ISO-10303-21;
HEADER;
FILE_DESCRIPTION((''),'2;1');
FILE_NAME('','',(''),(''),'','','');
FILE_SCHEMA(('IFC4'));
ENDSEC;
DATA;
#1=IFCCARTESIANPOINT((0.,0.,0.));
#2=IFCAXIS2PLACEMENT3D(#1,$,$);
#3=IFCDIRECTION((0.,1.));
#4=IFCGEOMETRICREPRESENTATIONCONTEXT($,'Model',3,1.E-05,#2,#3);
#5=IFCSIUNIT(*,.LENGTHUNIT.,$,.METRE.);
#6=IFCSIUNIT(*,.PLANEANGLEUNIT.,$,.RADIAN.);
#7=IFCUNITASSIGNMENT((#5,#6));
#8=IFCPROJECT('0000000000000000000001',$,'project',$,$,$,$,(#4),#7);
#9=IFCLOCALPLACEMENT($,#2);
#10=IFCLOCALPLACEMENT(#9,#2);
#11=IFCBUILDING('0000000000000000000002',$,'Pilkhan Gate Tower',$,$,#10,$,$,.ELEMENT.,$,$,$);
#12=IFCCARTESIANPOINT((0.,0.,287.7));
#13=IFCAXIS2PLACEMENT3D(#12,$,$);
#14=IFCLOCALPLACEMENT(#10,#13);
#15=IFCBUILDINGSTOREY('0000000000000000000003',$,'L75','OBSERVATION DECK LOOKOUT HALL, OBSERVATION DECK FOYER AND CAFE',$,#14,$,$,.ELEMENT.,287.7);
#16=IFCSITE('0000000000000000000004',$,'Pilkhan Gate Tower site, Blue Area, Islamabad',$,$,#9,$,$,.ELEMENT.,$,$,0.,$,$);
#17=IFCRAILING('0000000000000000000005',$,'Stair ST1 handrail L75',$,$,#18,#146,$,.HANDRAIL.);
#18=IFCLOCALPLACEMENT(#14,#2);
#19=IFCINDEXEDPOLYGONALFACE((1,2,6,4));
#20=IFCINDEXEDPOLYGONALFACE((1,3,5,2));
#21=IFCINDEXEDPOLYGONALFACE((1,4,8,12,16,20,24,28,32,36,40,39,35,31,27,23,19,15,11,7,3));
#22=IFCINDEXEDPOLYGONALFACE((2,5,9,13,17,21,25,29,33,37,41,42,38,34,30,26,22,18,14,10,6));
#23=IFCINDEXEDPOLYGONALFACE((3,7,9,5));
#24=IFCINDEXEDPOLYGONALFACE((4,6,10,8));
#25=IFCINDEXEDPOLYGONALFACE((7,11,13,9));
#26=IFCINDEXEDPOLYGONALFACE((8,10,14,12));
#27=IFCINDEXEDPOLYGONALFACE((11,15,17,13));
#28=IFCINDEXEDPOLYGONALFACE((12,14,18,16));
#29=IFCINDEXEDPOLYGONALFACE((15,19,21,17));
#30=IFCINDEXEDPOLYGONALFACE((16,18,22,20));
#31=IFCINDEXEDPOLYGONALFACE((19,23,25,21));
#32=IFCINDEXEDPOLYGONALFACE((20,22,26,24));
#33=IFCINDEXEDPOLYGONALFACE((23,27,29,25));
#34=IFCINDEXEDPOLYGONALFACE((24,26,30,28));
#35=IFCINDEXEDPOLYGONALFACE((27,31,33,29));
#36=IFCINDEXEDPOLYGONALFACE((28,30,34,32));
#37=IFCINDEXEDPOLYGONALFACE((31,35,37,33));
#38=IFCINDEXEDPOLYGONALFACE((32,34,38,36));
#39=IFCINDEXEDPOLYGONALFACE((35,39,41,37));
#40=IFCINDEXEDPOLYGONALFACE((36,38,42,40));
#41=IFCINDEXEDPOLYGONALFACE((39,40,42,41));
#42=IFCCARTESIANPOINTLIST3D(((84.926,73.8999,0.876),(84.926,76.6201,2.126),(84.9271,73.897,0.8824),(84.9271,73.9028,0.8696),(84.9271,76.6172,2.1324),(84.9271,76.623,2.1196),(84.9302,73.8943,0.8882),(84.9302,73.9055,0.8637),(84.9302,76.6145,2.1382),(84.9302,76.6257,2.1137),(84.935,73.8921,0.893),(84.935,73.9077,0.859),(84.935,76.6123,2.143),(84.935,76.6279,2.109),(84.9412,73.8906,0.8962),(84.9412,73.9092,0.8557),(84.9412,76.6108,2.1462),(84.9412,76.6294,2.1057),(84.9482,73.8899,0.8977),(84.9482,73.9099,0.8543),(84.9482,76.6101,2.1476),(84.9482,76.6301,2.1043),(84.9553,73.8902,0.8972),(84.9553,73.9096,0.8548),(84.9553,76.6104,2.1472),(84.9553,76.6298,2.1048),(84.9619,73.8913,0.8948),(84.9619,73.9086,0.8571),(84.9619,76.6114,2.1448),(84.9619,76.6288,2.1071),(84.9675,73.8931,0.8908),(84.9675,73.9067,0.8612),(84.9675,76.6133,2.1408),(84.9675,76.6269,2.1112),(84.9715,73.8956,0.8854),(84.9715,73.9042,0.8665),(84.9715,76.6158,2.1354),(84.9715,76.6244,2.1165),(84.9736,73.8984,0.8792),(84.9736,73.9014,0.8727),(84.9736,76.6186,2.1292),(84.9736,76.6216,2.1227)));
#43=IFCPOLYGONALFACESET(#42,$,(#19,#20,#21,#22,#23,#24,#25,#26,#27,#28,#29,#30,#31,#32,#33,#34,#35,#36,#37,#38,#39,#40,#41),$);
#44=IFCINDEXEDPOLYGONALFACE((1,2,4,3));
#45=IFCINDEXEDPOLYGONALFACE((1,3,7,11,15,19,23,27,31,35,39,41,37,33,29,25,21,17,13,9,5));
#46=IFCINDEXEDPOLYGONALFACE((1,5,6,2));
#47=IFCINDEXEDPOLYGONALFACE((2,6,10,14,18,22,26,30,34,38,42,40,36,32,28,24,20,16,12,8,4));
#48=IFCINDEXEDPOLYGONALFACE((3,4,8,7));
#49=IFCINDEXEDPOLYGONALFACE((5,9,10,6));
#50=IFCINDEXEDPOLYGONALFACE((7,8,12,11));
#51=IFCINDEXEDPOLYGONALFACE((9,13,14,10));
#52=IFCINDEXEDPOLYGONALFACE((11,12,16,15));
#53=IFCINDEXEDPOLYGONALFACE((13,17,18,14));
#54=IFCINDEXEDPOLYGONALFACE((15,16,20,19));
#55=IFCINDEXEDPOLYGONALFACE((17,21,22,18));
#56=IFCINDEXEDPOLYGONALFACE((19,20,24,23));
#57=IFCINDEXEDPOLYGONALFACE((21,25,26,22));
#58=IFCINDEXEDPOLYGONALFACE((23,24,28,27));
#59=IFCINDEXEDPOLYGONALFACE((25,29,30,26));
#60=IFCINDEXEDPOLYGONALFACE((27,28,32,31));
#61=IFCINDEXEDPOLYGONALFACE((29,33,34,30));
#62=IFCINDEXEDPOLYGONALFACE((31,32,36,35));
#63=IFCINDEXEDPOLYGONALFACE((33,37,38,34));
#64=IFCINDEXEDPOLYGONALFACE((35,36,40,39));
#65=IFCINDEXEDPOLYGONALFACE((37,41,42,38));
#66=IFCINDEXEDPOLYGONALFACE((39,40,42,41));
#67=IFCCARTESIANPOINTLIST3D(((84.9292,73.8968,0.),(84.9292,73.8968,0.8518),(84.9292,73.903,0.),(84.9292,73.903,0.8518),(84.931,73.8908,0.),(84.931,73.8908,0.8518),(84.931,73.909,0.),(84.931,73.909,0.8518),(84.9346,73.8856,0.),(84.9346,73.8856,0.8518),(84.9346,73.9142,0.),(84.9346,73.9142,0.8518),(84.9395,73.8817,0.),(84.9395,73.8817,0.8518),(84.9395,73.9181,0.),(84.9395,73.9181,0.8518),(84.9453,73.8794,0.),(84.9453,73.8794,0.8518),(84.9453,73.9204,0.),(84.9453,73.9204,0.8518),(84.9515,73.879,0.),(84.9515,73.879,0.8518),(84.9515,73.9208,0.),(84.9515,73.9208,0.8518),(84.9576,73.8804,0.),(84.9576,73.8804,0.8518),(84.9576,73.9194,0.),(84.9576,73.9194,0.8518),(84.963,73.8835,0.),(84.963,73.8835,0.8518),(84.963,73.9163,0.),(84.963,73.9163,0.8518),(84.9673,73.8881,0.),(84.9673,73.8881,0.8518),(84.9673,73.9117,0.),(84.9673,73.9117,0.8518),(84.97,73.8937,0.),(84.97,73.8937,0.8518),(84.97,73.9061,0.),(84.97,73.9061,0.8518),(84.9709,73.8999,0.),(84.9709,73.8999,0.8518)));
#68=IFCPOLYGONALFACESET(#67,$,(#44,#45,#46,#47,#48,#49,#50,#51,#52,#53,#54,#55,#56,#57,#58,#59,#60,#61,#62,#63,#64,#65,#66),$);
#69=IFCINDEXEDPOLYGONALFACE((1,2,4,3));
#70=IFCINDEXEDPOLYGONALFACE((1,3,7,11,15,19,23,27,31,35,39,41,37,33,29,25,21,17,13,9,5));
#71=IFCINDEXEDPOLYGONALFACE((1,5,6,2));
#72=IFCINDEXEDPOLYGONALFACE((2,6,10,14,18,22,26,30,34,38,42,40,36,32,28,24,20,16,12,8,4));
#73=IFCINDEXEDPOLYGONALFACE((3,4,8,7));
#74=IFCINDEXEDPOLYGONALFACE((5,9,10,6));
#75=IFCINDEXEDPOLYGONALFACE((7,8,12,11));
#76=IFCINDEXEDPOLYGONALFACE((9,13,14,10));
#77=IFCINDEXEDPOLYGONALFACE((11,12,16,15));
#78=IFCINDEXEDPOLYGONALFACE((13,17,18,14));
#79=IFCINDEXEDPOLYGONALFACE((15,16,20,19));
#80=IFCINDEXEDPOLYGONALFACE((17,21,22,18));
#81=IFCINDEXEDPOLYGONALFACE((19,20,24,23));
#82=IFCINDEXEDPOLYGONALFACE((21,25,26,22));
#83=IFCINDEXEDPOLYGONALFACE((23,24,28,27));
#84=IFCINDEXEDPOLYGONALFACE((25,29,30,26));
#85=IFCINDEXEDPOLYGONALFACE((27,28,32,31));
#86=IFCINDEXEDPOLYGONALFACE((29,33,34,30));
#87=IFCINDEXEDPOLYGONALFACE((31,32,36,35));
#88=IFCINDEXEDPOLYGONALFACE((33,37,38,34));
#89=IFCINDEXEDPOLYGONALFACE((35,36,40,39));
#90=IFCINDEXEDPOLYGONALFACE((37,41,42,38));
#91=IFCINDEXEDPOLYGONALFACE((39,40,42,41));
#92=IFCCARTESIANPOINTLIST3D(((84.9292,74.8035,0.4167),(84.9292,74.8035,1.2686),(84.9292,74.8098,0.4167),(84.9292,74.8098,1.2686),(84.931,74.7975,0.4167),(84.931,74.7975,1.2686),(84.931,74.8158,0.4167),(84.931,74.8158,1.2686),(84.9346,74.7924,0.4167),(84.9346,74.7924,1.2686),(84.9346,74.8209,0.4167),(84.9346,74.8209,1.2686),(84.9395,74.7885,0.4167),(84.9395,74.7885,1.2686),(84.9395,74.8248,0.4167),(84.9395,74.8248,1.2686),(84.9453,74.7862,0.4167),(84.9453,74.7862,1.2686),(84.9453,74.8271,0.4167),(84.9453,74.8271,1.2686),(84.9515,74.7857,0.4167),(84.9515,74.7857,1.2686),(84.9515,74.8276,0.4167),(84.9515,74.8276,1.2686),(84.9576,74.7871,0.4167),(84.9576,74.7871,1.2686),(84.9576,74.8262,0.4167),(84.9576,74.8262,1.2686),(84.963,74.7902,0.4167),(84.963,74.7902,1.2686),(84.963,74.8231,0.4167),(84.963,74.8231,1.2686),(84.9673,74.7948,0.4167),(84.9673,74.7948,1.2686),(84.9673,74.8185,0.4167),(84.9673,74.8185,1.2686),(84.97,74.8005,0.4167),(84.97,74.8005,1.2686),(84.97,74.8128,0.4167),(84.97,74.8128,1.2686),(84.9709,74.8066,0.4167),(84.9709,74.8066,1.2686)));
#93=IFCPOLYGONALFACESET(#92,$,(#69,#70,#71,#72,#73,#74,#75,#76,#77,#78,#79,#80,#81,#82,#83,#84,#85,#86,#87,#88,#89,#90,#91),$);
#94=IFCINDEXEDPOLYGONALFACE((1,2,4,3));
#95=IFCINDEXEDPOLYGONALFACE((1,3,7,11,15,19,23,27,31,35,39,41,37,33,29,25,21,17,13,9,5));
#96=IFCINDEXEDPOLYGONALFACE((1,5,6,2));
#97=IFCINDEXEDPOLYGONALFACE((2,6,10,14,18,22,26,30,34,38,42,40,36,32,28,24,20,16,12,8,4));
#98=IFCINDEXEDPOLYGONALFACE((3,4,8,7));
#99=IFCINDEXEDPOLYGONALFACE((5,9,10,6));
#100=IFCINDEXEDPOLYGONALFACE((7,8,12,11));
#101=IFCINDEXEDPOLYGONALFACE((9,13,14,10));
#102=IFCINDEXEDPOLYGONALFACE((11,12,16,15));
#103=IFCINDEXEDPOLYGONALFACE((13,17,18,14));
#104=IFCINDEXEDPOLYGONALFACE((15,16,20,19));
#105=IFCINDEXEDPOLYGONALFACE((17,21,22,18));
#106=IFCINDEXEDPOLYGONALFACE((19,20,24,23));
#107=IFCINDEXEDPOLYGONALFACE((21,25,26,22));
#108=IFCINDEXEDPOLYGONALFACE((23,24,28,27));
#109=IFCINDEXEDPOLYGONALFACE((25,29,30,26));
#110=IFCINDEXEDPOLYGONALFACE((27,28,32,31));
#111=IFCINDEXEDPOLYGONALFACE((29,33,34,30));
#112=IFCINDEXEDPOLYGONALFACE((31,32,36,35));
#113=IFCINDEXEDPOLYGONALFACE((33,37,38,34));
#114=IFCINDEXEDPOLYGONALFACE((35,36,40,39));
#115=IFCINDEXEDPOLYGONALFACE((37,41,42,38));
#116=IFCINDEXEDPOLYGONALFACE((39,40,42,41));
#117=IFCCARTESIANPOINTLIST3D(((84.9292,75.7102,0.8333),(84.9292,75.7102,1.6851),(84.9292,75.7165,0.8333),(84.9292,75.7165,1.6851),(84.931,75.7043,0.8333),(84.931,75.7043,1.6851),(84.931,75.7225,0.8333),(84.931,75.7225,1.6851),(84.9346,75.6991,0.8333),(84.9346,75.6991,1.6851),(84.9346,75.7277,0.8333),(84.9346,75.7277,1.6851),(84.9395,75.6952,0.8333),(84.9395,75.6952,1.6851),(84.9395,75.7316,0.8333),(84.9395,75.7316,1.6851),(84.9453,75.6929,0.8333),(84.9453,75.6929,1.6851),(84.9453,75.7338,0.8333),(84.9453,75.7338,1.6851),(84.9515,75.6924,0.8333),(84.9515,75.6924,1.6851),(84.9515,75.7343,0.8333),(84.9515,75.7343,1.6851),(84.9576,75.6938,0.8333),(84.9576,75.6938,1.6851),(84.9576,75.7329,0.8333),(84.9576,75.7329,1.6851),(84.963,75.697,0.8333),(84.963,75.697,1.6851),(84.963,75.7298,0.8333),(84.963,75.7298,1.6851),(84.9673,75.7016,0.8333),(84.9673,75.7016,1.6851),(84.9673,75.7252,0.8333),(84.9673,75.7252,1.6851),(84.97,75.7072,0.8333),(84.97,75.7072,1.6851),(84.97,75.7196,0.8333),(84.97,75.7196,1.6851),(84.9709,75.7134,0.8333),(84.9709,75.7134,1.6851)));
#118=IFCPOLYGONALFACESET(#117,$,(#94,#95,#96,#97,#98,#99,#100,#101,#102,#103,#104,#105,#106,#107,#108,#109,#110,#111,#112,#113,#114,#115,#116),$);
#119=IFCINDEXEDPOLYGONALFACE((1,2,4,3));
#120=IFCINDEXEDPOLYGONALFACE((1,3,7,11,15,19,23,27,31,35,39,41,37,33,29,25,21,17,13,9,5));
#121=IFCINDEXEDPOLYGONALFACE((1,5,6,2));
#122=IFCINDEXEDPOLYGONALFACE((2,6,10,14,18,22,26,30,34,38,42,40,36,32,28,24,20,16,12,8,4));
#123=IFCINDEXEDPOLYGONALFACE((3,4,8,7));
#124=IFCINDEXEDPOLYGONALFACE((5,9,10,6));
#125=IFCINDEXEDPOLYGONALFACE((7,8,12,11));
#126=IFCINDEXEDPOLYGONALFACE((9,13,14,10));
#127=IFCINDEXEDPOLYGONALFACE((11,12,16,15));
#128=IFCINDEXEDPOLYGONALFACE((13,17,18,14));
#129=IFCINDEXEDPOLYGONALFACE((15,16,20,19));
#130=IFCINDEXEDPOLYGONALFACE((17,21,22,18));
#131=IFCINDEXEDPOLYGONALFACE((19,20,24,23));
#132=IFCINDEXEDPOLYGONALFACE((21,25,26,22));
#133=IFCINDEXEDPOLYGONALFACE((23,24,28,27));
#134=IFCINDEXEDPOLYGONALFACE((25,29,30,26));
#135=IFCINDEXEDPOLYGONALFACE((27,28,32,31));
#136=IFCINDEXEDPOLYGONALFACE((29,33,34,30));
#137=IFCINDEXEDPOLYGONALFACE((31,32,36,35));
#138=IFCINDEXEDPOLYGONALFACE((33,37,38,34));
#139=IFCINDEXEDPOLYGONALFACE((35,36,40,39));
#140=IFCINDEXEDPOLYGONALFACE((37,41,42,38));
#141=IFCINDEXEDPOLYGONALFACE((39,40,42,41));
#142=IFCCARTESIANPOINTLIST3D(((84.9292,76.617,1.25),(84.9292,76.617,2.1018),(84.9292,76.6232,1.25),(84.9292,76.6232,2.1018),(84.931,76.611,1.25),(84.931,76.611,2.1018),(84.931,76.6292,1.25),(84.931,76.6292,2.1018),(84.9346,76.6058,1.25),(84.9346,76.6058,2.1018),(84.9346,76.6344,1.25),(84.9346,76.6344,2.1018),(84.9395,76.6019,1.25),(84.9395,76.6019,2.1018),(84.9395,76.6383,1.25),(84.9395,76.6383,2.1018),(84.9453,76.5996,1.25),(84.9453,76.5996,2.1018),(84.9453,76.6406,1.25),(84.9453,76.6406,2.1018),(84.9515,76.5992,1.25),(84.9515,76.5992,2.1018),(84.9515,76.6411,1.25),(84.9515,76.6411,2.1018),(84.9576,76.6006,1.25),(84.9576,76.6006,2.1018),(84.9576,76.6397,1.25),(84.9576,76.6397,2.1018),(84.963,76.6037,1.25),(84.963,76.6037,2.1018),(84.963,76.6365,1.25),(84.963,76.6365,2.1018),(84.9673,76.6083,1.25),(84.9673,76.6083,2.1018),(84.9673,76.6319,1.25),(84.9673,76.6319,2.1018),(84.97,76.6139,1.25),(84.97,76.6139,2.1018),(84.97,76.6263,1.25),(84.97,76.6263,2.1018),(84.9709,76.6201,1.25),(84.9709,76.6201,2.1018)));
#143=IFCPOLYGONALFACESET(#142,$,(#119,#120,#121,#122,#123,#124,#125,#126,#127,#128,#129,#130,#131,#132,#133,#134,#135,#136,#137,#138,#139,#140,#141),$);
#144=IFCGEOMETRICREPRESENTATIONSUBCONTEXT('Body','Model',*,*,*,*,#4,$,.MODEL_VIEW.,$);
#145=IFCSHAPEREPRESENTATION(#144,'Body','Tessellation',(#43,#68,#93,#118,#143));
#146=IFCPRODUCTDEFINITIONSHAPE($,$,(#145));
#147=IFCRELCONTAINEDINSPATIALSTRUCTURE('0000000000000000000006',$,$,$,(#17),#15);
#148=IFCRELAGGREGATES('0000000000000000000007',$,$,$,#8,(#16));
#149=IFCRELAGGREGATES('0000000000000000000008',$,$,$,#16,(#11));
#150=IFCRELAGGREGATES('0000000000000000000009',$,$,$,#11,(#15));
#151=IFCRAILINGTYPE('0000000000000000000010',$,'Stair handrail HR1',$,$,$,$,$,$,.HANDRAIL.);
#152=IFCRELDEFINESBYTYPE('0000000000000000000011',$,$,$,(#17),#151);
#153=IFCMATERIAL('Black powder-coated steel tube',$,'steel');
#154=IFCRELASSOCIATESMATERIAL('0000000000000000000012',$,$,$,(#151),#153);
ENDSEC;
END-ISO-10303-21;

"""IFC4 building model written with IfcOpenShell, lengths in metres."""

from ifc_helpers import new_model, si_unit, direction, frame, origin, origin_2d, place, context, subcontext, project, spatial, circle, extrude, material, type_object, element, save


model = new_model("IFC4")

# Units and contexts
model_context = context("Model", 3, precision=1e-05, world=origin(), true_north=direction((0.0, 1.0)))
body_context = subcontext(model_context, "Body", "Model", "MODEL_VIEW")
ifc_project = project(units=[si_unit("LENGTHUNIT", "METRE"), si_unit("PLANEANGLEUNIT", "RADIAN")], contexts=[model_context])

# Site, building, storey
site_placement = place(None, origin())
site = spatial("IfcSite", under=ifc_project, at=site_placement, Name="Pilkhan Gate Tower site, Blue Area, Islamabad", CompositionType="ELEMENT", RefElevation=0.0)
building_placement = place(site_placement, origin())
building = spatial("IfcBuilding", under=site, at=building_placement, Name="Pilkhan Gate Tower", CompositionType="ELEMENT")
storey_placement = place(building_placement, frame((0.0, 0.0, 287.7)))
storey = spatial("IfcBuildingStorey", under=building, at=storey_placement, Name="L75", Description="OBSERVATION DECK LOOKOUT HALL, OBSERVATION DECK FOYER AND CAFE", CompositionType="ELEMENT", Elevation=287.7)

# Railing
ifc_material_1 = material(Name="Black powder-coated steel tube", Category="steel")
railing_type_1 = type_object("IfcRailingType", Name="Stair handrail HR1", PredefinedType="HANDRAIL", material=ifc_material_1)
railing_1_placement = place(storey_placement, frame((84.95, 73.8999, 0.0)))
element("IfcRailing", 1, at=railing_1_placement, inside=storey, type_object=railing_type_1, Name="Stair ST1 handrail L75", PredefinedType="HANDRAIL", context=body_context, shape_type="SweptSolid", body=[
    extrude(circle(Radius=0.0239, at=origin_2d()), frame((0.0, 0.0, 0.876), z_axis=(0.0, 0.908655, 0.417547), x_axis=(-1.0, 0.0, 0.0)), (0.0, 0.0, 1.0), 2.9937),
    extrude(circle(Radius=0.021, at=origin_2d()), origin(), (0.0, 0.0, 1.0), 0.8518),
    extrude(circle(Radius=0.021, at=origin_2d()), frame((0.0, 0.9067, 0.4167)), (0.0, 0.0, 1.0), 0.8518),
    extrude(circle(Radius=0.021, at=origin_2d()), frame((0.0, 1.8135, 0.8333)), (0.0, 0.0, 1.0), 0.8518),
    extrude(circle(Radius=0.021, at=origin_2d()), frame((0.0, 2.7202, 1.25)), (0.0, 0.0, 1.0), 0.8518),
])

save(model, "model.ifc")
